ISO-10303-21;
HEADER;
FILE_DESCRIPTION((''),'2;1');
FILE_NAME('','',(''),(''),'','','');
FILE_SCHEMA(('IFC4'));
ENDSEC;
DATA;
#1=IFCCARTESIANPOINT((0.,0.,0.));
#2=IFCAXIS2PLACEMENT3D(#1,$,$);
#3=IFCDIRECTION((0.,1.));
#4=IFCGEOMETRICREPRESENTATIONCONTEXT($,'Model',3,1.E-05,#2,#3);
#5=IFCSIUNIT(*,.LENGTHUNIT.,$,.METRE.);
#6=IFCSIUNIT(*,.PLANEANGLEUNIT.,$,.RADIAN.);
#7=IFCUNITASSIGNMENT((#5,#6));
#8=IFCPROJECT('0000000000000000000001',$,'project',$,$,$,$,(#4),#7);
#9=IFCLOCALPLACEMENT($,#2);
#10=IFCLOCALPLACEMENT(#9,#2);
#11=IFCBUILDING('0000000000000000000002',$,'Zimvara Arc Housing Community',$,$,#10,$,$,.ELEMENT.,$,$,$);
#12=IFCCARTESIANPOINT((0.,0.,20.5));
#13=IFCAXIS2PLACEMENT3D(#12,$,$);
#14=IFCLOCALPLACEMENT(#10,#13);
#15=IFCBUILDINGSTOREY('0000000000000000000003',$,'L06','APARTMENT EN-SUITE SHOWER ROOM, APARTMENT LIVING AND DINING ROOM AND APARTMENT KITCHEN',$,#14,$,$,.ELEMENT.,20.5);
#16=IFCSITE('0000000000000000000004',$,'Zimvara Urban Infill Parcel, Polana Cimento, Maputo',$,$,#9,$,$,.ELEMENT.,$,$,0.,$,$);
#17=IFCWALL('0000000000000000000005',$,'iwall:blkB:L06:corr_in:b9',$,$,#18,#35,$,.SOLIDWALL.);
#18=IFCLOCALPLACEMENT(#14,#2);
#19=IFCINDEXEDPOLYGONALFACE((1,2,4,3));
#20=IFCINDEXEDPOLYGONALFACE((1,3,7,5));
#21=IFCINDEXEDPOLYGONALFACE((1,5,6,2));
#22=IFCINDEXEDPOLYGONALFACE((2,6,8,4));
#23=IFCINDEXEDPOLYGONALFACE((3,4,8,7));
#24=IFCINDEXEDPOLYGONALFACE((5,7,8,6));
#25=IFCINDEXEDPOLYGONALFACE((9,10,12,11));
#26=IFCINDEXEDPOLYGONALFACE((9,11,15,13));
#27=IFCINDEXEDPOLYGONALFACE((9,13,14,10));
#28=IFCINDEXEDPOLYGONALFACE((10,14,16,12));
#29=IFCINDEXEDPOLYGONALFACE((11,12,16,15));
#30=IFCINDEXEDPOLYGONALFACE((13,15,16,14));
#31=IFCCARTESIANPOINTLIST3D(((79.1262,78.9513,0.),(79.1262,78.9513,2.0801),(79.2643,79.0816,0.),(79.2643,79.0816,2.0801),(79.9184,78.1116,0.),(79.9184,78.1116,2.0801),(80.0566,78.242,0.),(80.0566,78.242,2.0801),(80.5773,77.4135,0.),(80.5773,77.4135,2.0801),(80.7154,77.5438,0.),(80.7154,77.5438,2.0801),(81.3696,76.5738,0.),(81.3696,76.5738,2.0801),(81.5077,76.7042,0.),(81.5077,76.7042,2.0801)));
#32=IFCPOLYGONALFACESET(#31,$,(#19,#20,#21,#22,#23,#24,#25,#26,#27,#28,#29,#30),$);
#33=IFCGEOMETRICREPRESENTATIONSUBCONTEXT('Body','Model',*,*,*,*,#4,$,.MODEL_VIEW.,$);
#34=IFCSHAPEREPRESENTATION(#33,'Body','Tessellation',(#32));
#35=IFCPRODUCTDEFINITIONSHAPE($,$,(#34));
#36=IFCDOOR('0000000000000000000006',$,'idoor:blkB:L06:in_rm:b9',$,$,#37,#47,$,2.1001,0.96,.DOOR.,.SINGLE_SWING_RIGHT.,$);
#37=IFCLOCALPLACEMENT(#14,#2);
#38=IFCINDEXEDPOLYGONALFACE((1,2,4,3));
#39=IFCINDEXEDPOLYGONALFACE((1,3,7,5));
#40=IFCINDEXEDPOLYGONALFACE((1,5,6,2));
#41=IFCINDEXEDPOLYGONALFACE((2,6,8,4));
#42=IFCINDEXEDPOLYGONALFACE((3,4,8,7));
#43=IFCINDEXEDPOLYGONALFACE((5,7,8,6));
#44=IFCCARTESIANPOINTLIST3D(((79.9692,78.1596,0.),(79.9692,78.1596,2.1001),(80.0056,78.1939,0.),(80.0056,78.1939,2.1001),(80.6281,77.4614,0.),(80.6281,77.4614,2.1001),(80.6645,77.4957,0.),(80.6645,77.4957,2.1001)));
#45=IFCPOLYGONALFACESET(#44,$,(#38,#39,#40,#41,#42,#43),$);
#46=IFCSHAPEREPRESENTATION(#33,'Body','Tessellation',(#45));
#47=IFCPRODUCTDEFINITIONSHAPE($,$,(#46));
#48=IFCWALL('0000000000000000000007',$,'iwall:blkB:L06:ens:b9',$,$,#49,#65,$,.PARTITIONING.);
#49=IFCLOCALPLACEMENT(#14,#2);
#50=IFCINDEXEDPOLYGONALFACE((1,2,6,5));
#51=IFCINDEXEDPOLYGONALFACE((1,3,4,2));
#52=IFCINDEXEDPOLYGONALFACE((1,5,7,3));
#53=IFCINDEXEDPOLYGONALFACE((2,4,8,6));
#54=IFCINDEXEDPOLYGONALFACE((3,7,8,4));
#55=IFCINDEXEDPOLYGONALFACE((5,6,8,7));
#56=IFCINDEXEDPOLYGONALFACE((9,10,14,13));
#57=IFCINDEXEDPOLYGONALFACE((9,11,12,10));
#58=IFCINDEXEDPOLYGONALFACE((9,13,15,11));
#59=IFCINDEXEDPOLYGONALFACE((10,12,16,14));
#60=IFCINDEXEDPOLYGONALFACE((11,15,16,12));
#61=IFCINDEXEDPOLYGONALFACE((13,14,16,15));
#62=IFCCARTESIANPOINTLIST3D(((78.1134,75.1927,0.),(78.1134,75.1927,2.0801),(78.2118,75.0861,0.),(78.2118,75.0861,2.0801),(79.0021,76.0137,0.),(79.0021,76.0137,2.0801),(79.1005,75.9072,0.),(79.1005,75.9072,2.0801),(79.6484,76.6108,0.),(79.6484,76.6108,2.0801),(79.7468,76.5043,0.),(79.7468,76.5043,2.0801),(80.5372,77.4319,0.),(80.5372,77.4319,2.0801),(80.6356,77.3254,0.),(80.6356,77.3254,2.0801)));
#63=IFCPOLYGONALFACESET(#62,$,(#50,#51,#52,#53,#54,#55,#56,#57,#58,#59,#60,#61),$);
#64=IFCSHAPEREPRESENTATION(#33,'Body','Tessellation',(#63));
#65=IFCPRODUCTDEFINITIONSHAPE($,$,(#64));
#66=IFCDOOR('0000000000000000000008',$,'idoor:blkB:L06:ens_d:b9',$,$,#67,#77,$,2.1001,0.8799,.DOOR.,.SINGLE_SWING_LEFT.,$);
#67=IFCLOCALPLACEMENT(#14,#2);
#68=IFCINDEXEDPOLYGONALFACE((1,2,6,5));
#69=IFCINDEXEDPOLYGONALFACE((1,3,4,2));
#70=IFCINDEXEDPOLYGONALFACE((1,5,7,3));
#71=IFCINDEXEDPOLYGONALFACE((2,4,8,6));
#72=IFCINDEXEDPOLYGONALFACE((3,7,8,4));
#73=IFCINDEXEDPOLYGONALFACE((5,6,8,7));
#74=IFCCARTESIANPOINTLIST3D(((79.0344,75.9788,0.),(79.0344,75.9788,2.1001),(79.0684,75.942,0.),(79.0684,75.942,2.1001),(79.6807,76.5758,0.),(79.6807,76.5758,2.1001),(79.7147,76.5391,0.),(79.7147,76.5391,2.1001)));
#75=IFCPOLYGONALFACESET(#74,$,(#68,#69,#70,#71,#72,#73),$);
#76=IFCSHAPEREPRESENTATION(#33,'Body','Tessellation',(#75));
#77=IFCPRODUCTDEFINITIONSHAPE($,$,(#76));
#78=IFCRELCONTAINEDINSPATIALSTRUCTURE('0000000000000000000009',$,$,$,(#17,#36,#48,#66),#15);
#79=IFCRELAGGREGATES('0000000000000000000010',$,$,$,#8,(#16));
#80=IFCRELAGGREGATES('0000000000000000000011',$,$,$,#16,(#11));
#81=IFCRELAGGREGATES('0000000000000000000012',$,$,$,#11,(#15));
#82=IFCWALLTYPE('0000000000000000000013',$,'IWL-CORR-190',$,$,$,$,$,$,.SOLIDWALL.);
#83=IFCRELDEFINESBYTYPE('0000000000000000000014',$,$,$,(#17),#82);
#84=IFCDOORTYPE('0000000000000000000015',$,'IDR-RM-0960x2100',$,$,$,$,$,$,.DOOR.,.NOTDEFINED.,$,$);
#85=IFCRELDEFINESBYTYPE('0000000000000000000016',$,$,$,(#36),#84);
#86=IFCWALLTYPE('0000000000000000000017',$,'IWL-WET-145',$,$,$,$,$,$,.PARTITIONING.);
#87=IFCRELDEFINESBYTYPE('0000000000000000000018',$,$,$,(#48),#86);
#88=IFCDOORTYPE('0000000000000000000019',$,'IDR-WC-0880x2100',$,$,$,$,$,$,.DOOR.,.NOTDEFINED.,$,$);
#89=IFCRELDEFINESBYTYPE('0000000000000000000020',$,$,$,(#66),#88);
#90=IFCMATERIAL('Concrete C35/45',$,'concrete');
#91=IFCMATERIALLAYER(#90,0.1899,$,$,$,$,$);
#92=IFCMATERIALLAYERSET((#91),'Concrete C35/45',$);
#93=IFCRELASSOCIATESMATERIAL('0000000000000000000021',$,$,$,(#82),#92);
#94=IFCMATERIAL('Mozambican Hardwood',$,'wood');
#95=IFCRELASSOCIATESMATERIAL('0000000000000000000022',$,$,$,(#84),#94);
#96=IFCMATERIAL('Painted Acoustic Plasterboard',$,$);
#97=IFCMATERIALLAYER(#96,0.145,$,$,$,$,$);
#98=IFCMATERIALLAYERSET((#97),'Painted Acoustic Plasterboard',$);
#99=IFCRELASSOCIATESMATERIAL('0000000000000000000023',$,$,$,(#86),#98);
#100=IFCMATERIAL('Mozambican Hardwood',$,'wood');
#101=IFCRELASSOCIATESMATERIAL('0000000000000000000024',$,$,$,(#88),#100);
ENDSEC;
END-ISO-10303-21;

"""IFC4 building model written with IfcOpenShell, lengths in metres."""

from ifc_helpers import new_model, si_unit, direction, frame, frame_2d, origin, place, context, subcontext, project, spatial, rectangle, extrude, material, layer, layer_set, type_object, element, fill, save


model = new_model("IFC4")

# Units and contexts
model_context = context("Model", 3, precision=1e-05, world=origin(), true_north=direction((0.0, 1.0)))
body_context = subcontext(model_context, "Body", "Model", "MODEL_VIEW")
ifc_project = project(units=[si_unit("LENGTHUNIT", "METRE"), si_unit("PLANEANGLEUNIT", "RADIAN")], contexts=[model_context])

# Site, building, storey
site_placement = place(None, origin())
site = spatial("IfcSite", under=ifc_project, at=site_placement, Name="Zimvara Urban Infill Parcel, Polana Cimento, Maputo", CompositionType="ELEMENT", RefElevation=0.0)
building_placement = place(site_placement, origin())
building = spatial("IfcBuilding", under=site, at=building_placement, Name="Zimvara Arc Housing Community", CompositionType="ELEMENT")
storey_placement = place(building_placement, frame((0.0, 0.0, 20.5)))
storey = spatial("IfcBuildingStorey", under=building, at=storey_placement, Name="L06", Description="APARTMENT EN-SUITE SHOWER ROOM, APARTMENT LIVING AND DINING ROOM AND APARTMENT KITCHEN", CompositionType="ELEMENT", Elevation=20.5)

# Walls, openings, doors
ifc_material_1 = material(Name="Concrete C35/45", Category="concrete")
ifc_layer_1 = layer(ifc_material_1, 0.1899)
ifc_layer_set_1 = layer_set([ifc_layer_1], Name="Concrete C35/45")
wall_type_1 = type_object("IfcWallType", Name="IWL-CORR-190", PredefinedType="SOLIDWALL", material=ifc_layer_set_1)
wall_1_placement = place(storey_placement, frame((79.1953, 79.0164, 0.0), z_axis=(0.0, 0.0, 1.0), x_axis=(0.686308, -0.727311, 0.0)))
wall_1 = element("IfcWall", 1, at=wall_1_placement, inside=storey, type_object=wall_type_1, Name="iwall:blkB:L06:corr_in:b9", PredefinedType="SOLIDWALL", context=body_context, shape_type="SweptSolid", body=[
    extrude(rectangle(XDim=3.2688, YDim=0.1899, at=frame_2d((1.6343, 0.0))), origin(), (0.0, 0.0, 1.0), 2.0801),
])
opening_1_placement = place(wall_1_placement, frame((1.1543, 0.0, 0.0)))
opening_1 = element("IfcOpeningElement", 2, at=opening_1_placement, cuts=wall_1, PredefinedType="OPENING", context=body_context, shape_type="SweptSolid", body=[
    extrude(rectangle(XDim=0.96, YDim=2.1001, at=frame_2d((0.48, 1.05))), frame((0.0, 0.105, 0.0), z_axis=(0.0, -1.0, 0.0), x_axis=(1.0, 0.0, 0.0)), (0.0, 0.0, 1.0), 0.21),
])
ifc_material_2 = material(Name="Mozambican Hardwood", Category="wood")
door_type_1 = type_object("IfcDoorType", Name="IDR-RM-0960x2100", OperationType="NOTDEFINED", PredefinedType="DOOR", material=ifc_material_2)
door_1_placement = place(opening_1_placement, origin())
door_1 = element("IfcDoor", 3, at=door_1_placement, inside=storey, type_object=door_type_1, Name="idoor:blkB:L06:in_rm:b9", OperationType="SINGLE_SWING_RIGHT", OverallHeight=2.1001, OverallWidth=0.96, PredefinedType="DOOR", context=body_context, shape_type="SweptSolid", body=[
    extrude(rectangle(XDim=0.96, YDim=2.1001, at=frame_2d((0.48, 1.05))), frame((0.0, 0.0249, 0.0), z_axis=(0.0, -1.0, 0.0), x_axis=(1.0, 0.0, 0.0)), (0.0, 0.0, 1.0), 0.05),
])
fill(opening_1, door_1)
ifc_material_3 = material(Name="Painted Acoustic Plasterboard")
ifc_layer_2 = layer(ifc_material_3, 0.145)
ifc_layer_set_2 = layer_set([ifc_layer_2], Name="Painted Acoustic Plasterboard")
wall_type_2 = type_object("IfcWallType", Name="IWL-WET-145", PredefinedType="PARTITIONING", material=ifc_layer_set_2)
wall_2_placement = place(storey_placement, frame((78.1626, 75.1394, 0.0), z_axis=(0.0, 0.0, 1.0), x_axis=(0.73452, 0.678587, 0.0)))
wall_2 = element("IfcWall", 4, at=wall_2_placement, inside=storey, type_object=wall_type_2, Name="iwall:blkB:L06:ens:b9", PredefinedType="PARTITIONING", context=body_context, shape_type="SweptSolid", body=[
    extrude(rectangle(XDim=3.2998, YDim=0.145, at=frame_2d((1.6499, 0.0))), origin(), (0.0, 0.0, 1.0), 2.0801),
])
opening_2_placement = place(wall_2_placement, frame((1.21, 0.0, 0.0)))
opening_2 = element("IfcOpeningElement", 5, at=opening_2_placement, cuts=wall_2, PredefinedType="OPENING", context=body_context, shape_type="SweptSolid", body=[
    extrude(rectangle(XDim=0.8799, YDim=2.1001, at=frame_2d((0.4399, 1.05))), frame((0.0, 0.0825, 0.0), z_axis=(0.0, -1.0, 0.0), x_axis=(1.0, 0.0, 0.0)), (0.0, 0.0, 1.0), 0.165),
])
ifc_material_4 = material(Name="Mozambican Hardwood", Category="wood")
door_type_2 = type_object("IfcDoorType", Name="IDR-WC-0880x2100", OperationType="NOTDEFINED", PredefinedType="DOOR", material=ifc_material_4)
door_2_placement = place(opening_2_placement, origin())
door_2 = element("IfcDoor", 6, at=door_2_placement, inside=storey, type_object=door_type_2, Name="idoor:blkB:L06:ens_d:b9", OperationType="SINGLE_SWING_LEFT", OverallHeight=2.1001, OverallWidth=0.8799, PredefinedType="DOOR", context=body_context, shape_type="SweptSolid", body=[
    extrude(rectangle(XDim=0.8799, YDim=2.1001, at=frame_2d((0.4399, 1.05))), frame((0.0, 0.0249, 0.0), z_axis=(0.0, -1.0, 0.0), x_axis=(1.0, 0.0, 0.0)), (0.0, 0.0, 1.0), 0.05),
])
fill(opening_2, door_2)

save(model, "model.ifc")
